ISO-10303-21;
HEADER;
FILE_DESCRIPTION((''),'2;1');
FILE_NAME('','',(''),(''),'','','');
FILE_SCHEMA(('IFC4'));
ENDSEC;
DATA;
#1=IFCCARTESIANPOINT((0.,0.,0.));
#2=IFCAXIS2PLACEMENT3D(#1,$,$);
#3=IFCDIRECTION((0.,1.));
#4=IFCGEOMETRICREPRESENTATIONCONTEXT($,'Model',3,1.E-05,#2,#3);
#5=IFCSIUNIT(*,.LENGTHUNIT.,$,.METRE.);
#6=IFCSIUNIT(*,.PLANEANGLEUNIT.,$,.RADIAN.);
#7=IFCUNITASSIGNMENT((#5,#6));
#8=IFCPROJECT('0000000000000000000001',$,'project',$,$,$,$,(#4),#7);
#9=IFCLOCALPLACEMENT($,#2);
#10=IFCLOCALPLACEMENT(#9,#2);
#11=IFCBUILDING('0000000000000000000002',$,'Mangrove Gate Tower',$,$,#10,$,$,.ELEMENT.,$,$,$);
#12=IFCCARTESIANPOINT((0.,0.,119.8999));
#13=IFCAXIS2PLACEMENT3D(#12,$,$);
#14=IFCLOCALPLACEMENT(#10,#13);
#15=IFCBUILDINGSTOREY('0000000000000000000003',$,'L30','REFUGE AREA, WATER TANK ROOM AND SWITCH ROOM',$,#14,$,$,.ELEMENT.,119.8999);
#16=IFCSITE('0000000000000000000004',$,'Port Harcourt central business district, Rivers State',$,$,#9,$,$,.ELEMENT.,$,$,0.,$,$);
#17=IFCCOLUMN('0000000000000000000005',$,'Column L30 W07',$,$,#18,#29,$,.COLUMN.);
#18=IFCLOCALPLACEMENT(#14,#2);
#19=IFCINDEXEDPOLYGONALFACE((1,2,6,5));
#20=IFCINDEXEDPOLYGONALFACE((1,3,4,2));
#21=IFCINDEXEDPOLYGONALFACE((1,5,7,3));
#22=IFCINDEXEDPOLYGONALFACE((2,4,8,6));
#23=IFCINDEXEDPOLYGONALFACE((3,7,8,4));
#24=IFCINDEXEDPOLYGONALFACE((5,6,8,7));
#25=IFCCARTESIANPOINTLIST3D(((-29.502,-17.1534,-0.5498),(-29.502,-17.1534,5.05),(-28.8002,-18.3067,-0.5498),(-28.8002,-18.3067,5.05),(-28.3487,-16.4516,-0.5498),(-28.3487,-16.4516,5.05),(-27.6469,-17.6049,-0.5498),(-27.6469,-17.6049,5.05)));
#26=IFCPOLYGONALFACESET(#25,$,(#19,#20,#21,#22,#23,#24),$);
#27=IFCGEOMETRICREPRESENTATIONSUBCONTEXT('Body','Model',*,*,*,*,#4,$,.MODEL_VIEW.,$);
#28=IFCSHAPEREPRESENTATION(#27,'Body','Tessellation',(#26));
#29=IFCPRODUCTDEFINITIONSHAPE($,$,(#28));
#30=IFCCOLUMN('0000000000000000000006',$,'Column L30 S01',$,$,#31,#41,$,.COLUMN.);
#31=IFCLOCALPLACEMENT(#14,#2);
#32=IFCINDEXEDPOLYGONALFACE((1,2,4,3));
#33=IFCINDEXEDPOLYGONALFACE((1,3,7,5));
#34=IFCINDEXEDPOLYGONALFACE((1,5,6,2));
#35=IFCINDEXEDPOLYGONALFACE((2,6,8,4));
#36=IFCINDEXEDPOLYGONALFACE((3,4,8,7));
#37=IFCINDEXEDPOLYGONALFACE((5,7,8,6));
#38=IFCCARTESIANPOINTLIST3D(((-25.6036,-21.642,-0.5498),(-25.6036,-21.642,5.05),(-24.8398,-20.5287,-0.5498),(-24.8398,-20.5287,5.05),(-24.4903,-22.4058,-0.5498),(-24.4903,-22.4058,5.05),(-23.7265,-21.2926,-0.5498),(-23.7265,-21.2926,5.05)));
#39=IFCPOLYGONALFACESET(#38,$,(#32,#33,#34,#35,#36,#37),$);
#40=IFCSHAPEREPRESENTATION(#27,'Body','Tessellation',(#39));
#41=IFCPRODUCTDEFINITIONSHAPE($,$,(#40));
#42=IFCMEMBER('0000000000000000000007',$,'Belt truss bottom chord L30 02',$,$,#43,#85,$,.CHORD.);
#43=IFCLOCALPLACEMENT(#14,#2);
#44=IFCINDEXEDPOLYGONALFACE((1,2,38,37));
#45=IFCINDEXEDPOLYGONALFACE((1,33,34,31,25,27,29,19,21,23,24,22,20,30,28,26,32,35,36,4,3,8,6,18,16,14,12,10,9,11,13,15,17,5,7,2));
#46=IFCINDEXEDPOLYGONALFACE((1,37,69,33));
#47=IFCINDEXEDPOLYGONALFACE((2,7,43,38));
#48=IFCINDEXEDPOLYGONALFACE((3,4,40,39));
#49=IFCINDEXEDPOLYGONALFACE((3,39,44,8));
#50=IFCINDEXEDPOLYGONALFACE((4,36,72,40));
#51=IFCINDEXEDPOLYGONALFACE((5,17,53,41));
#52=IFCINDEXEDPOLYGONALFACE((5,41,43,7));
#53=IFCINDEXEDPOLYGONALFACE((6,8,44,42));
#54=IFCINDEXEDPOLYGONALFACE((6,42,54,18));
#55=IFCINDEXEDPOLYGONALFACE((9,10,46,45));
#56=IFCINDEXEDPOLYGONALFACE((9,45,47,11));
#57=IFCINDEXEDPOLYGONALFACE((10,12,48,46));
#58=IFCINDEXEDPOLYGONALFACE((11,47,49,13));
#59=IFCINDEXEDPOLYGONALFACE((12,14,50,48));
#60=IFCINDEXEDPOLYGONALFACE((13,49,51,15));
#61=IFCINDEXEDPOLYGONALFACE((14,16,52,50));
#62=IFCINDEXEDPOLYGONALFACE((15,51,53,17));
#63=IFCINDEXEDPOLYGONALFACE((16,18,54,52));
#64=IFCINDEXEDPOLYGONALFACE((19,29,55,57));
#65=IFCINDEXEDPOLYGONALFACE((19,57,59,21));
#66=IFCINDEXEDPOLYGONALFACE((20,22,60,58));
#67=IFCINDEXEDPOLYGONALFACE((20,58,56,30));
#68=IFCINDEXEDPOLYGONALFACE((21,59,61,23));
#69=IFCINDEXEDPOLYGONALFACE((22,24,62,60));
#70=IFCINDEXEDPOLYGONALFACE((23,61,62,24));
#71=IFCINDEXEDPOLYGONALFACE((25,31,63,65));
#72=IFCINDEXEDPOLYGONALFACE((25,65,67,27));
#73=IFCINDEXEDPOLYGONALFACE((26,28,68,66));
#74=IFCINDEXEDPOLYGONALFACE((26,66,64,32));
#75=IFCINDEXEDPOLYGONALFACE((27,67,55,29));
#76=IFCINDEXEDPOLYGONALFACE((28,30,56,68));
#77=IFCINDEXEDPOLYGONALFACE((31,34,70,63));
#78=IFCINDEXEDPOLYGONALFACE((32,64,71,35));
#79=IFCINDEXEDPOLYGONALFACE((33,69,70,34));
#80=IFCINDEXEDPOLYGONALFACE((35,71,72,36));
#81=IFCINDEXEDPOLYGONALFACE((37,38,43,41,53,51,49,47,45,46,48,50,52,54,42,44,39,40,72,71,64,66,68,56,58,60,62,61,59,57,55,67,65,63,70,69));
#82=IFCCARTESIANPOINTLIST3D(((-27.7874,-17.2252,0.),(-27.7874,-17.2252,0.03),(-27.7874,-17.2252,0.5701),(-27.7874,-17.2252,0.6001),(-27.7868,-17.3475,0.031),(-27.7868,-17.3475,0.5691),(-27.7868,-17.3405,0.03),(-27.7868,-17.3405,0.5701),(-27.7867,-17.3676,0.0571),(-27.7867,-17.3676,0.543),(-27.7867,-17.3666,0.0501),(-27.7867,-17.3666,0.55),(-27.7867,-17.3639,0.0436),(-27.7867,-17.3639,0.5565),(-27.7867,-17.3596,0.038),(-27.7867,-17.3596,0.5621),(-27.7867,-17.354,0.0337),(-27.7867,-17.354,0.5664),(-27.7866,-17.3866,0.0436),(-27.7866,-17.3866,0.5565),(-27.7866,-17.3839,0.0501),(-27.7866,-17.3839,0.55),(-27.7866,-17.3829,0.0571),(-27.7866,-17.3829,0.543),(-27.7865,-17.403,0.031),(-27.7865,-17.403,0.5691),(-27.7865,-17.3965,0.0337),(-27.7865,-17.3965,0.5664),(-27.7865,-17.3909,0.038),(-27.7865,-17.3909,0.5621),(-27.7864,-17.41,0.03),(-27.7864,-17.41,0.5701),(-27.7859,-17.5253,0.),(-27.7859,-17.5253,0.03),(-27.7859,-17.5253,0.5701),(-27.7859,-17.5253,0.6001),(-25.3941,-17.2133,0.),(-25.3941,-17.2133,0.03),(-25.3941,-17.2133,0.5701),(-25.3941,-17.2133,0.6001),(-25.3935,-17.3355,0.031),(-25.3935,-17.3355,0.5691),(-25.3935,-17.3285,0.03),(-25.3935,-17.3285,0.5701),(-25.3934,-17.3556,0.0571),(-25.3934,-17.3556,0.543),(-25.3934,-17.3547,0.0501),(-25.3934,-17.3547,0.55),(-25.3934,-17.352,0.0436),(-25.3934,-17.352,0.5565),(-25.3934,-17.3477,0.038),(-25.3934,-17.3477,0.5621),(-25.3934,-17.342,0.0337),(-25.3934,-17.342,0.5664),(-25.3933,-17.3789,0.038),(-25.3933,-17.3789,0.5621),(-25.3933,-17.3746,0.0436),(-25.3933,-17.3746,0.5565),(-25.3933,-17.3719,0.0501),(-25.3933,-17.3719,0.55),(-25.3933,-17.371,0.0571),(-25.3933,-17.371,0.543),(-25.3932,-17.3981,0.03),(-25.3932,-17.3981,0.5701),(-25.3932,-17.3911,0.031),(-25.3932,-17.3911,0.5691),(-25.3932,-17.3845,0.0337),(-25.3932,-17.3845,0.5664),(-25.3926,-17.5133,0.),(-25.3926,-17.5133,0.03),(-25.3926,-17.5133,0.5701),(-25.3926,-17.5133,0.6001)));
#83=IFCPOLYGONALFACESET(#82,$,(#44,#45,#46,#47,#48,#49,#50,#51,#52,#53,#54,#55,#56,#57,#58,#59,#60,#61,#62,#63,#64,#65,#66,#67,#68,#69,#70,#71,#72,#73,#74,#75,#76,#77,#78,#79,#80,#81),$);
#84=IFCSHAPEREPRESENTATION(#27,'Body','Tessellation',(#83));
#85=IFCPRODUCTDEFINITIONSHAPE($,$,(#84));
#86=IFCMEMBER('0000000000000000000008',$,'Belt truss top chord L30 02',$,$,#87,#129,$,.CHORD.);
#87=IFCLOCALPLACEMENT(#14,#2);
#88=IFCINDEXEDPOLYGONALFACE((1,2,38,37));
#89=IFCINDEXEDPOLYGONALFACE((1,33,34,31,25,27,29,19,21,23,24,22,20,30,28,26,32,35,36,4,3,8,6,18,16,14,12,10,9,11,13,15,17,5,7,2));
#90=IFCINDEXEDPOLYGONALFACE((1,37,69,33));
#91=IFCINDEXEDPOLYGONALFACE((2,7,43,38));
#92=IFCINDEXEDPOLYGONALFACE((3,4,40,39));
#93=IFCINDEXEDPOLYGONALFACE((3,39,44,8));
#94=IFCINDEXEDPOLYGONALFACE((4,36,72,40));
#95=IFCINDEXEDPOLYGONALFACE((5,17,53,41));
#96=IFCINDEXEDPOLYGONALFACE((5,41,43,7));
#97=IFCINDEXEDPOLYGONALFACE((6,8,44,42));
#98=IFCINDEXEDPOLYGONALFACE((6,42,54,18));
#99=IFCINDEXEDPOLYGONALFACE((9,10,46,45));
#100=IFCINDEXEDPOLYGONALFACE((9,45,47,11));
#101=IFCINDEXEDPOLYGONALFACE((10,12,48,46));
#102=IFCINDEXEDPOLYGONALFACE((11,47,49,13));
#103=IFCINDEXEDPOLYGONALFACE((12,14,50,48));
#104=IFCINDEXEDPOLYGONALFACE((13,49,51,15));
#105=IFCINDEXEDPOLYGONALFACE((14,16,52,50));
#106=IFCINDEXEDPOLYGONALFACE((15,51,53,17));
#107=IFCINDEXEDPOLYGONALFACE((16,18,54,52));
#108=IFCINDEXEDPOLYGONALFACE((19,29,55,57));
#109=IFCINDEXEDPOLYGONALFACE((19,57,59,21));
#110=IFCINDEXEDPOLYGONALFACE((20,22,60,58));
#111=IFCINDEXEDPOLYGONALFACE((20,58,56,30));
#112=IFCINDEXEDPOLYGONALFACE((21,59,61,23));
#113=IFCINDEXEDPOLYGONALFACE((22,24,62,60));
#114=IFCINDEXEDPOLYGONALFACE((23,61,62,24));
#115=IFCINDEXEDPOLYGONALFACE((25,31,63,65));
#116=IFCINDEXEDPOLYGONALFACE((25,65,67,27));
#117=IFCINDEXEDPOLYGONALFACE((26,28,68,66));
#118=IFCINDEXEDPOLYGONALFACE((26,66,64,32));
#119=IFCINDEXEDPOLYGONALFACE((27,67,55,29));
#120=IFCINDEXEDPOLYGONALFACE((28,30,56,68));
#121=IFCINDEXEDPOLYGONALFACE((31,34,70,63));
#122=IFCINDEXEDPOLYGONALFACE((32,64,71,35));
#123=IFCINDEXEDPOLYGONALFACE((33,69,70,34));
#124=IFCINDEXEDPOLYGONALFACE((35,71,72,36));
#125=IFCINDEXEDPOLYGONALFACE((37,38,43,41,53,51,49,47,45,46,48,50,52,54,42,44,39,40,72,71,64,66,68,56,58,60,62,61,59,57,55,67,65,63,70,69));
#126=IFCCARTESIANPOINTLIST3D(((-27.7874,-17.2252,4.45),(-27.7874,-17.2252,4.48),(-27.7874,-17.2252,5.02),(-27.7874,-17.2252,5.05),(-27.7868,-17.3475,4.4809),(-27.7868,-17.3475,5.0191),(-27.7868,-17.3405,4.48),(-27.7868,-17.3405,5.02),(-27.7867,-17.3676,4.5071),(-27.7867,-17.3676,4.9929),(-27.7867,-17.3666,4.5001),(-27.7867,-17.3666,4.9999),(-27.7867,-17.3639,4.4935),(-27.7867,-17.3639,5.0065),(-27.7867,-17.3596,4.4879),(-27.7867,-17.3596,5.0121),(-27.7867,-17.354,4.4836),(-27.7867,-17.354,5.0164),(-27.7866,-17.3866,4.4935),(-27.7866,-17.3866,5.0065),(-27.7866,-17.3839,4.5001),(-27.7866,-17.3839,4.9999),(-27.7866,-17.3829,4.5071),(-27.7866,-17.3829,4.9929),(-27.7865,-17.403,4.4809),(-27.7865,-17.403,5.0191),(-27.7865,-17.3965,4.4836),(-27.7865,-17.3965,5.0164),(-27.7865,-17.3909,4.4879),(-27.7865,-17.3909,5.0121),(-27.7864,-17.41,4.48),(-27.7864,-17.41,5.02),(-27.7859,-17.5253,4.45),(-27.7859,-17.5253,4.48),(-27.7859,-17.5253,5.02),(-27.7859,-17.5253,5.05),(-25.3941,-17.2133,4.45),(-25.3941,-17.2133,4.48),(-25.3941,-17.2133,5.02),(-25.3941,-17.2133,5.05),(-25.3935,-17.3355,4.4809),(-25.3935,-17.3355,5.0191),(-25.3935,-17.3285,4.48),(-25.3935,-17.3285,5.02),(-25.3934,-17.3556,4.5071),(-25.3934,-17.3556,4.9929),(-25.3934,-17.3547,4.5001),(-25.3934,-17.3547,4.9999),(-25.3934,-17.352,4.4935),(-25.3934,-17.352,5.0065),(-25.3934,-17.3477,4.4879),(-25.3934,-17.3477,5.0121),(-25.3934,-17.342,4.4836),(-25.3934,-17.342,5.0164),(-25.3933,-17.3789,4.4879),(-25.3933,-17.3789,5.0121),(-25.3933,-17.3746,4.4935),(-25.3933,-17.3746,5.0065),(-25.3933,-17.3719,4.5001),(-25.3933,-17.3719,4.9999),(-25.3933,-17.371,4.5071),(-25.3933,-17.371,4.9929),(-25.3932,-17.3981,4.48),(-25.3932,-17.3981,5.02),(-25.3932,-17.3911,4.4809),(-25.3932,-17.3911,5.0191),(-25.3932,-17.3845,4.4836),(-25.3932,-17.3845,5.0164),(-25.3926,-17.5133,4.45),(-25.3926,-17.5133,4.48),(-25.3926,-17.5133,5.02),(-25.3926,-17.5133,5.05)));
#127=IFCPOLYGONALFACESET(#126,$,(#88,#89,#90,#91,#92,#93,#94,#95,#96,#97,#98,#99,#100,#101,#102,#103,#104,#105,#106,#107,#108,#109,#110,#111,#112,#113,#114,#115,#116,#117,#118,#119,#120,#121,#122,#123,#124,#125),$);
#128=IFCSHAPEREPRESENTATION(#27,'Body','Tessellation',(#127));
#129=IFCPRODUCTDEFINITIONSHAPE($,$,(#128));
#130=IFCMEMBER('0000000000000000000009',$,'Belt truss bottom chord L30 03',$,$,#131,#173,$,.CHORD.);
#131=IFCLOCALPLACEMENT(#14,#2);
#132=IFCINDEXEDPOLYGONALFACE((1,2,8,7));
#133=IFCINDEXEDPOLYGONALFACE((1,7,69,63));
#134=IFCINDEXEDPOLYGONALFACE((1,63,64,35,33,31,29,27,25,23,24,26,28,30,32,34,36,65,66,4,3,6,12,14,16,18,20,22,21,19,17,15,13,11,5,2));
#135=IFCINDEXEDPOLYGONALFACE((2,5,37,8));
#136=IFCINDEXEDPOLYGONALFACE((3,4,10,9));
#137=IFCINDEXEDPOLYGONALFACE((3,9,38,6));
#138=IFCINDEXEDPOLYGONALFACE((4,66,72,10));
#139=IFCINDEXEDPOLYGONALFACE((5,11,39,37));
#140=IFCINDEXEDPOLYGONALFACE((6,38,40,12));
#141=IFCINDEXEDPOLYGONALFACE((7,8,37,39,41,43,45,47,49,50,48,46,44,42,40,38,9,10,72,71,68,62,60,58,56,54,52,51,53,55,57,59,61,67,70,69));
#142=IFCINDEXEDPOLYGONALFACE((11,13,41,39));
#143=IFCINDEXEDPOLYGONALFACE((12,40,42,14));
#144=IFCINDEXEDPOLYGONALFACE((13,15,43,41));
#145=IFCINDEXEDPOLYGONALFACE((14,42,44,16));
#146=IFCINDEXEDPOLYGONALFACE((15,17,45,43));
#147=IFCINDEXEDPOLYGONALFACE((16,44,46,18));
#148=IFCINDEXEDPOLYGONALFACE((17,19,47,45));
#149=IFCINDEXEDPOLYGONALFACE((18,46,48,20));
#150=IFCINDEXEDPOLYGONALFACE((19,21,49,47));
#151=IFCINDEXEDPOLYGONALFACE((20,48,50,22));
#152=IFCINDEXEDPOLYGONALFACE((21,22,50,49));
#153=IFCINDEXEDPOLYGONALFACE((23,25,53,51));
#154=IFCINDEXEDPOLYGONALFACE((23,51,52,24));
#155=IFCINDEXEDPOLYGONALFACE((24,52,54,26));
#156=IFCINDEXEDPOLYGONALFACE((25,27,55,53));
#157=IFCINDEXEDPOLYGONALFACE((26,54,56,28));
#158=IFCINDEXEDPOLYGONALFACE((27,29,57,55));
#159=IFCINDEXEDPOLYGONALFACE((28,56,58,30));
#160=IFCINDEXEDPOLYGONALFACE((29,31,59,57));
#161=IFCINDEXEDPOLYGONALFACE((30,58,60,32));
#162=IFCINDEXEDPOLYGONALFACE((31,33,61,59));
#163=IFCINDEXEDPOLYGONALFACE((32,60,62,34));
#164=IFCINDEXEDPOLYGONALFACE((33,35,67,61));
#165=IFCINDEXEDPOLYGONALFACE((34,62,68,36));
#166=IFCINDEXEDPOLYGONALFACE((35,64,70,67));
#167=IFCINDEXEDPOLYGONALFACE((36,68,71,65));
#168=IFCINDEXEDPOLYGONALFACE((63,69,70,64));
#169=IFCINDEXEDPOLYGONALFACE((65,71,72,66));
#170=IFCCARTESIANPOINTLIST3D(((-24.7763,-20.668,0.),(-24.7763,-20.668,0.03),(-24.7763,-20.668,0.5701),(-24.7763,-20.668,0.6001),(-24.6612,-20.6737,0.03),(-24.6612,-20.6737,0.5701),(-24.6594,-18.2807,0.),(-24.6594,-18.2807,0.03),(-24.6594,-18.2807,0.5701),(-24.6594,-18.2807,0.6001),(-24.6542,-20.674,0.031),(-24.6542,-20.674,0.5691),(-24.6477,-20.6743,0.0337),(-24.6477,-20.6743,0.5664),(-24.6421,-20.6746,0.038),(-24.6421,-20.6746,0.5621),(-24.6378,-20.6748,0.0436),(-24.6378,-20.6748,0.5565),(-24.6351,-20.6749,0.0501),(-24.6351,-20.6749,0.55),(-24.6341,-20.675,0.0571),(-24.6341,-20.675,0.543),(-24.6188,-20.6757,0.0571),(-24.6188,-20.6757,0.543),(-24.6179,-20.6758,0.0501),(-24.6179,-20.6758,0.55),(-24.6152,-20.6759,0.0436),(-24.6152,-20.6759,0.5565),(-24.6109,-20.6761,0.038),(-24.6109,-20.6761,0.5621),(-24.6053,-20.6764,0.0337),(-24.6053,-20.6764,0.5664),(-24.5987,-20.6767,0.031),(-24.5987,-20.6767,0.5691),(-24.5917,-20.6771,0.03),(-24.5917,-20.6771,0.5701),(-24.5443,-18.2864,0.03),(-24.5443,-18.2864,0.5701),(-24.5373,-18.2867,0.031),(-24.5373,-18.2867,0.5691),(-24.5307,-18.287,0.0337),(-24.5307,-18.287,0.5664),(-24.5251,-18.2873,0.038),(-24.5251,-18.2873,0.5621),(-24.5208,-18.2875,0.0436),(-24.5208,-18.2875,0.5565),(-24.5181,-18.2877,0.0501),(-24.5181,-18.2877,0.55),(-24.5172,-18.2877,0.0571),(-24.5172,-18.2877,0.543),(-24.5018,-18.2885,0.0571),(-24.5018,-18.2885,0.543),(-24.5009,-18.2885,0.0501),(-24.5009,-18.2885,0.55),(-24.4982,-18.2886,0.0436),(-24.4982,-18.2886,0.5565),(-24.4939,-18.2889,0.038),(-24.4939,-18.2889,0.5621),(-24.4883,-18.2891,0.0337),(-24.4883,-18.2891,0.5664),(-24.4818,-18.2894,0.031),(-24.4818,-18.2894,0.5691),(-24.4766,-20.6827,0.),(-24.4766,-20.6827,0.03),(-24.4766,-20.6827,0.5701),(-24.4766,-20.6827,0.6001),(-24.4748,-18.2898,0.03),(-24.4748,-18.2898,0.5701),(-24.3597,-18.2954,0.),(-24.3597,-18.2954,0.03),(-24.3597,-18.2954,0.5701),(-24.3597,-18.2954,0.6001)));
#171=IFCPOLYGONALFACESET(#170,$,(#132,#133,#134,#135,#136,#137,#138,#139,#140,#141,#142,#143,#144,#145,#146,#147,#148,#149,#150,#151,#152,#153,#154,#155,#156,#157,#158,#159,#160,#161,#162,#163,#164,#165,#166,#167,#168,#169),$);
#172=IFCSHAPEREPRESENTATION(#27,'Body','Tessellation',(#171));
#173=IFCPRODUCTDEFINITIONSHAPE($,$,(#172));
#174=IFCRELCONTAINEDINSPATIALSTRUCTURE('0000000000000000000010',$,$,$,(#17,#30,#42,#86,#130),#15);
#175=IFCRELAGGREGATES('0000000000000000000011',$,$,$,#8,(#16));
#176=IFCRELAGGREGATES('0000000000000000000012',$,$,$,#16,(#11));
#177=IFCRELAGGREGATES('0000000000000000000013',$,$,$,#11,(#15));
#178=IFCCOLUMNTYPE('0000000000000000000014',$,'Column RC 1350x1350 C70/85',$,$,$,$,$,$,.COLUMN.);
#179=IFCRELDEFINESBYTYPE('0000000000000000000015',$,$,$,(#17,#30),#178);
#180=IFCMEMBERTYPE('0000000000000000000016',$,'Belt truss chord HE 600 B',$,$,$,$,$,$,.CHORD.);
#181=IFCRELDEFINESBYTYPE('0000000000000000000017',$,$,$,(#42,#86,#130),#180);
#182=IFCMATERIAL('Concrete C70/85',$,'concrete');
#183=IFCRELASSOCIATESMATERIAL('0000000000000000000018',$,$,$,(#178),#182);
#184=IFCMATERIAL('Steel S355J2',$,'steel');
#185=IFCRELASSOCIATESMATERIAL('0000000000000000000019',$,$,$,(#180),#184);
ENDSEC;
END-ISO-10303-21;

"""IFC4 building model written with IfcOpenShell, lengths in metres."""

from ifc_helpers import new_model, si_unit, direction, frame, origin, origin_2d, place, context, subcontext, project, spatial, rectangle, i_section, extrude, material, material_profile, profile_set, type_object, element, save


model = new_model("IFC4")

# Units and contexts
model_context = context("Model", 3, precision=1e-05, world=origin(), true_north=direction((0.0, 1.0)))
body_context = subcontext(model_context, "Body", "Model", "MODEL_VIEW")
ifc_project = project(units=[si_unit("LENGTHUNIT", "METRE"), si_unit("PLANEANGLEUNIT", "RADIAN")], contexts=[model_context])

# Site, building, storey
site_placement = place(None, origin())
site = spatial("IfcSite", under=ifc_project, at=site_placement, Name="Port Harcourt central business district, Rivers State", CompositionType="ELEMENT", RefElevation=0.0)
building_placement = place(site_placement, origin())
building = spatial("IfcBuilding", under=site, at=building_placement, Name="Mangrove Gate Tower", CompositionType="ELEMENT")
storey_placement = place(building_placement, frame((0.0, 0.0, 119.8999)))
storey = spatial("IfcBuildingStorey", under=building, at=storey_placement, Name="L30", Description="REFUGE AREA, WATER TANK ROOM AND SWITCH ROOM", CompositionType="ELEMENT", Elevation=119.8999)

# Columns
ifc_material_1 = material(Name="Concrete C70/85", Category="concrete")
ifc_material_profile_1 = material_profile(ifc_material_1, rectangle(XDim=1.3501, YDim=1.3501, at=origin_2d()))
ifc_profile_set_1 = profile_set([ifc_material_profile_1], Name="Concrete C70/85")
column_type = type_object("IfcColumnType", Name="Column RC 1350x1350 C70/85", PredefinedType="COLUMN", material=ifc_profile_set_1)
for number, where, z_axis, x_axis, name in (
    (1, (-28.5745, -17.3792, -0.5498), (0.0, 0.0, 1.0), (0.519809, -0.854283, 0.0), "Column L30 W07"),
    (2, (-24.665, -21.4673, -0.5498), (0.0, 0.0, 1.0), (0.824585, -0.565738, 0.0), "Column L30 S01"),
):
    element("IfcColumn", number, at=place(storey_placement, frame(where, z_axis=z_axis, x_axis=x_axis)), inside=storey, type_object=column_type, Name=name, PredefinedType="COLUMN", context=body_context, shape_type="SweptSolid", body=[
        extrude(rectangle(XDim=1.3501, YDim=1.3501, at=origin_2d()), origin(), (0.0, 0.0, 1.0), 5.5999),
    ])

# Members
ifc_material_2 = material(Name="Steel S355J2", Category="steel")
ifc_material_profile_2 = material_profile(ifc_material_2, i_section(OverallWidth=0.3, OverallDepth=0.6001, WebThickness=0.0154, FlangeThickness=0.03, FilletRadius=0.0271, at=origin_2d()))
ifc_profile_set_2 = profile_set([ifc_material_profile_2], Name="Steel S355J2")
member_type_1 = type_object("IfcMemberType", Name="Belt truss chord HE 600 B", PredefinedType="CHORD", material=ifc_profile_set_2)
for number, where, z_axis, x_axis, name in (
    (3, (-27.7866, -17.3752, 0.3), (0.999988, 0.004998, 0.0), (-0.004998, 0.999988, 0.0), "Belt truss bottom chord L30 02"),
    (4, (-27.7866, -17.3752, 4.75), (0.999988, 0.004998, 0.0), (-0.004998, 0.999988, 0.0), "Belt truss top chord L30 02"),
):
    element("IfcMember", number, at=place(storey_placement, frame(where, z_axis=z_axis, x_axis=x_axis)), inside=storey, type_object=member_type_1, Name=name, PredefinedType="CHORD", context=body_context, shape_type="SweptSolid", body=[
        extrude(i_section(OverallWidth=0.3, OverallDepth=0.6001, WebThickness=0.0154, FlangeThickness=0.03, FilletRadius=0.0271, at=origin_2d()), origin(), (0.0, 0.0, 1.0), 2.3933),
    ])
for number, where, z_axis, x_axis, name in (
    (5, (-24.5095, -18.2881, 0.3), (-0.048929, -0.998802, 0.0), (0.998802, -0.048929, 0.0), "Belt truss bottom chord L30 03"),
):
    element("IfcMember", number, at=place(storey_placement, frame(where, z_axis=z_axis, x_axis=x_axis)), inside=storey, type_object=member_type_1, Name=name, PredefinedType="CHORD", context=body_context, shape_type="SweptSolid", body=[
        extrude(i_section(OverallWidth=0.3, OverallDepth=0.6001, WebThickness=0.0154, FlangeThickness=0.03, FilletRadius=0.0271, at=origin_2d()), origin(), (0.0, 0.0, 1.0), 2.3901),
    ])

save(model, "model.ifc")
